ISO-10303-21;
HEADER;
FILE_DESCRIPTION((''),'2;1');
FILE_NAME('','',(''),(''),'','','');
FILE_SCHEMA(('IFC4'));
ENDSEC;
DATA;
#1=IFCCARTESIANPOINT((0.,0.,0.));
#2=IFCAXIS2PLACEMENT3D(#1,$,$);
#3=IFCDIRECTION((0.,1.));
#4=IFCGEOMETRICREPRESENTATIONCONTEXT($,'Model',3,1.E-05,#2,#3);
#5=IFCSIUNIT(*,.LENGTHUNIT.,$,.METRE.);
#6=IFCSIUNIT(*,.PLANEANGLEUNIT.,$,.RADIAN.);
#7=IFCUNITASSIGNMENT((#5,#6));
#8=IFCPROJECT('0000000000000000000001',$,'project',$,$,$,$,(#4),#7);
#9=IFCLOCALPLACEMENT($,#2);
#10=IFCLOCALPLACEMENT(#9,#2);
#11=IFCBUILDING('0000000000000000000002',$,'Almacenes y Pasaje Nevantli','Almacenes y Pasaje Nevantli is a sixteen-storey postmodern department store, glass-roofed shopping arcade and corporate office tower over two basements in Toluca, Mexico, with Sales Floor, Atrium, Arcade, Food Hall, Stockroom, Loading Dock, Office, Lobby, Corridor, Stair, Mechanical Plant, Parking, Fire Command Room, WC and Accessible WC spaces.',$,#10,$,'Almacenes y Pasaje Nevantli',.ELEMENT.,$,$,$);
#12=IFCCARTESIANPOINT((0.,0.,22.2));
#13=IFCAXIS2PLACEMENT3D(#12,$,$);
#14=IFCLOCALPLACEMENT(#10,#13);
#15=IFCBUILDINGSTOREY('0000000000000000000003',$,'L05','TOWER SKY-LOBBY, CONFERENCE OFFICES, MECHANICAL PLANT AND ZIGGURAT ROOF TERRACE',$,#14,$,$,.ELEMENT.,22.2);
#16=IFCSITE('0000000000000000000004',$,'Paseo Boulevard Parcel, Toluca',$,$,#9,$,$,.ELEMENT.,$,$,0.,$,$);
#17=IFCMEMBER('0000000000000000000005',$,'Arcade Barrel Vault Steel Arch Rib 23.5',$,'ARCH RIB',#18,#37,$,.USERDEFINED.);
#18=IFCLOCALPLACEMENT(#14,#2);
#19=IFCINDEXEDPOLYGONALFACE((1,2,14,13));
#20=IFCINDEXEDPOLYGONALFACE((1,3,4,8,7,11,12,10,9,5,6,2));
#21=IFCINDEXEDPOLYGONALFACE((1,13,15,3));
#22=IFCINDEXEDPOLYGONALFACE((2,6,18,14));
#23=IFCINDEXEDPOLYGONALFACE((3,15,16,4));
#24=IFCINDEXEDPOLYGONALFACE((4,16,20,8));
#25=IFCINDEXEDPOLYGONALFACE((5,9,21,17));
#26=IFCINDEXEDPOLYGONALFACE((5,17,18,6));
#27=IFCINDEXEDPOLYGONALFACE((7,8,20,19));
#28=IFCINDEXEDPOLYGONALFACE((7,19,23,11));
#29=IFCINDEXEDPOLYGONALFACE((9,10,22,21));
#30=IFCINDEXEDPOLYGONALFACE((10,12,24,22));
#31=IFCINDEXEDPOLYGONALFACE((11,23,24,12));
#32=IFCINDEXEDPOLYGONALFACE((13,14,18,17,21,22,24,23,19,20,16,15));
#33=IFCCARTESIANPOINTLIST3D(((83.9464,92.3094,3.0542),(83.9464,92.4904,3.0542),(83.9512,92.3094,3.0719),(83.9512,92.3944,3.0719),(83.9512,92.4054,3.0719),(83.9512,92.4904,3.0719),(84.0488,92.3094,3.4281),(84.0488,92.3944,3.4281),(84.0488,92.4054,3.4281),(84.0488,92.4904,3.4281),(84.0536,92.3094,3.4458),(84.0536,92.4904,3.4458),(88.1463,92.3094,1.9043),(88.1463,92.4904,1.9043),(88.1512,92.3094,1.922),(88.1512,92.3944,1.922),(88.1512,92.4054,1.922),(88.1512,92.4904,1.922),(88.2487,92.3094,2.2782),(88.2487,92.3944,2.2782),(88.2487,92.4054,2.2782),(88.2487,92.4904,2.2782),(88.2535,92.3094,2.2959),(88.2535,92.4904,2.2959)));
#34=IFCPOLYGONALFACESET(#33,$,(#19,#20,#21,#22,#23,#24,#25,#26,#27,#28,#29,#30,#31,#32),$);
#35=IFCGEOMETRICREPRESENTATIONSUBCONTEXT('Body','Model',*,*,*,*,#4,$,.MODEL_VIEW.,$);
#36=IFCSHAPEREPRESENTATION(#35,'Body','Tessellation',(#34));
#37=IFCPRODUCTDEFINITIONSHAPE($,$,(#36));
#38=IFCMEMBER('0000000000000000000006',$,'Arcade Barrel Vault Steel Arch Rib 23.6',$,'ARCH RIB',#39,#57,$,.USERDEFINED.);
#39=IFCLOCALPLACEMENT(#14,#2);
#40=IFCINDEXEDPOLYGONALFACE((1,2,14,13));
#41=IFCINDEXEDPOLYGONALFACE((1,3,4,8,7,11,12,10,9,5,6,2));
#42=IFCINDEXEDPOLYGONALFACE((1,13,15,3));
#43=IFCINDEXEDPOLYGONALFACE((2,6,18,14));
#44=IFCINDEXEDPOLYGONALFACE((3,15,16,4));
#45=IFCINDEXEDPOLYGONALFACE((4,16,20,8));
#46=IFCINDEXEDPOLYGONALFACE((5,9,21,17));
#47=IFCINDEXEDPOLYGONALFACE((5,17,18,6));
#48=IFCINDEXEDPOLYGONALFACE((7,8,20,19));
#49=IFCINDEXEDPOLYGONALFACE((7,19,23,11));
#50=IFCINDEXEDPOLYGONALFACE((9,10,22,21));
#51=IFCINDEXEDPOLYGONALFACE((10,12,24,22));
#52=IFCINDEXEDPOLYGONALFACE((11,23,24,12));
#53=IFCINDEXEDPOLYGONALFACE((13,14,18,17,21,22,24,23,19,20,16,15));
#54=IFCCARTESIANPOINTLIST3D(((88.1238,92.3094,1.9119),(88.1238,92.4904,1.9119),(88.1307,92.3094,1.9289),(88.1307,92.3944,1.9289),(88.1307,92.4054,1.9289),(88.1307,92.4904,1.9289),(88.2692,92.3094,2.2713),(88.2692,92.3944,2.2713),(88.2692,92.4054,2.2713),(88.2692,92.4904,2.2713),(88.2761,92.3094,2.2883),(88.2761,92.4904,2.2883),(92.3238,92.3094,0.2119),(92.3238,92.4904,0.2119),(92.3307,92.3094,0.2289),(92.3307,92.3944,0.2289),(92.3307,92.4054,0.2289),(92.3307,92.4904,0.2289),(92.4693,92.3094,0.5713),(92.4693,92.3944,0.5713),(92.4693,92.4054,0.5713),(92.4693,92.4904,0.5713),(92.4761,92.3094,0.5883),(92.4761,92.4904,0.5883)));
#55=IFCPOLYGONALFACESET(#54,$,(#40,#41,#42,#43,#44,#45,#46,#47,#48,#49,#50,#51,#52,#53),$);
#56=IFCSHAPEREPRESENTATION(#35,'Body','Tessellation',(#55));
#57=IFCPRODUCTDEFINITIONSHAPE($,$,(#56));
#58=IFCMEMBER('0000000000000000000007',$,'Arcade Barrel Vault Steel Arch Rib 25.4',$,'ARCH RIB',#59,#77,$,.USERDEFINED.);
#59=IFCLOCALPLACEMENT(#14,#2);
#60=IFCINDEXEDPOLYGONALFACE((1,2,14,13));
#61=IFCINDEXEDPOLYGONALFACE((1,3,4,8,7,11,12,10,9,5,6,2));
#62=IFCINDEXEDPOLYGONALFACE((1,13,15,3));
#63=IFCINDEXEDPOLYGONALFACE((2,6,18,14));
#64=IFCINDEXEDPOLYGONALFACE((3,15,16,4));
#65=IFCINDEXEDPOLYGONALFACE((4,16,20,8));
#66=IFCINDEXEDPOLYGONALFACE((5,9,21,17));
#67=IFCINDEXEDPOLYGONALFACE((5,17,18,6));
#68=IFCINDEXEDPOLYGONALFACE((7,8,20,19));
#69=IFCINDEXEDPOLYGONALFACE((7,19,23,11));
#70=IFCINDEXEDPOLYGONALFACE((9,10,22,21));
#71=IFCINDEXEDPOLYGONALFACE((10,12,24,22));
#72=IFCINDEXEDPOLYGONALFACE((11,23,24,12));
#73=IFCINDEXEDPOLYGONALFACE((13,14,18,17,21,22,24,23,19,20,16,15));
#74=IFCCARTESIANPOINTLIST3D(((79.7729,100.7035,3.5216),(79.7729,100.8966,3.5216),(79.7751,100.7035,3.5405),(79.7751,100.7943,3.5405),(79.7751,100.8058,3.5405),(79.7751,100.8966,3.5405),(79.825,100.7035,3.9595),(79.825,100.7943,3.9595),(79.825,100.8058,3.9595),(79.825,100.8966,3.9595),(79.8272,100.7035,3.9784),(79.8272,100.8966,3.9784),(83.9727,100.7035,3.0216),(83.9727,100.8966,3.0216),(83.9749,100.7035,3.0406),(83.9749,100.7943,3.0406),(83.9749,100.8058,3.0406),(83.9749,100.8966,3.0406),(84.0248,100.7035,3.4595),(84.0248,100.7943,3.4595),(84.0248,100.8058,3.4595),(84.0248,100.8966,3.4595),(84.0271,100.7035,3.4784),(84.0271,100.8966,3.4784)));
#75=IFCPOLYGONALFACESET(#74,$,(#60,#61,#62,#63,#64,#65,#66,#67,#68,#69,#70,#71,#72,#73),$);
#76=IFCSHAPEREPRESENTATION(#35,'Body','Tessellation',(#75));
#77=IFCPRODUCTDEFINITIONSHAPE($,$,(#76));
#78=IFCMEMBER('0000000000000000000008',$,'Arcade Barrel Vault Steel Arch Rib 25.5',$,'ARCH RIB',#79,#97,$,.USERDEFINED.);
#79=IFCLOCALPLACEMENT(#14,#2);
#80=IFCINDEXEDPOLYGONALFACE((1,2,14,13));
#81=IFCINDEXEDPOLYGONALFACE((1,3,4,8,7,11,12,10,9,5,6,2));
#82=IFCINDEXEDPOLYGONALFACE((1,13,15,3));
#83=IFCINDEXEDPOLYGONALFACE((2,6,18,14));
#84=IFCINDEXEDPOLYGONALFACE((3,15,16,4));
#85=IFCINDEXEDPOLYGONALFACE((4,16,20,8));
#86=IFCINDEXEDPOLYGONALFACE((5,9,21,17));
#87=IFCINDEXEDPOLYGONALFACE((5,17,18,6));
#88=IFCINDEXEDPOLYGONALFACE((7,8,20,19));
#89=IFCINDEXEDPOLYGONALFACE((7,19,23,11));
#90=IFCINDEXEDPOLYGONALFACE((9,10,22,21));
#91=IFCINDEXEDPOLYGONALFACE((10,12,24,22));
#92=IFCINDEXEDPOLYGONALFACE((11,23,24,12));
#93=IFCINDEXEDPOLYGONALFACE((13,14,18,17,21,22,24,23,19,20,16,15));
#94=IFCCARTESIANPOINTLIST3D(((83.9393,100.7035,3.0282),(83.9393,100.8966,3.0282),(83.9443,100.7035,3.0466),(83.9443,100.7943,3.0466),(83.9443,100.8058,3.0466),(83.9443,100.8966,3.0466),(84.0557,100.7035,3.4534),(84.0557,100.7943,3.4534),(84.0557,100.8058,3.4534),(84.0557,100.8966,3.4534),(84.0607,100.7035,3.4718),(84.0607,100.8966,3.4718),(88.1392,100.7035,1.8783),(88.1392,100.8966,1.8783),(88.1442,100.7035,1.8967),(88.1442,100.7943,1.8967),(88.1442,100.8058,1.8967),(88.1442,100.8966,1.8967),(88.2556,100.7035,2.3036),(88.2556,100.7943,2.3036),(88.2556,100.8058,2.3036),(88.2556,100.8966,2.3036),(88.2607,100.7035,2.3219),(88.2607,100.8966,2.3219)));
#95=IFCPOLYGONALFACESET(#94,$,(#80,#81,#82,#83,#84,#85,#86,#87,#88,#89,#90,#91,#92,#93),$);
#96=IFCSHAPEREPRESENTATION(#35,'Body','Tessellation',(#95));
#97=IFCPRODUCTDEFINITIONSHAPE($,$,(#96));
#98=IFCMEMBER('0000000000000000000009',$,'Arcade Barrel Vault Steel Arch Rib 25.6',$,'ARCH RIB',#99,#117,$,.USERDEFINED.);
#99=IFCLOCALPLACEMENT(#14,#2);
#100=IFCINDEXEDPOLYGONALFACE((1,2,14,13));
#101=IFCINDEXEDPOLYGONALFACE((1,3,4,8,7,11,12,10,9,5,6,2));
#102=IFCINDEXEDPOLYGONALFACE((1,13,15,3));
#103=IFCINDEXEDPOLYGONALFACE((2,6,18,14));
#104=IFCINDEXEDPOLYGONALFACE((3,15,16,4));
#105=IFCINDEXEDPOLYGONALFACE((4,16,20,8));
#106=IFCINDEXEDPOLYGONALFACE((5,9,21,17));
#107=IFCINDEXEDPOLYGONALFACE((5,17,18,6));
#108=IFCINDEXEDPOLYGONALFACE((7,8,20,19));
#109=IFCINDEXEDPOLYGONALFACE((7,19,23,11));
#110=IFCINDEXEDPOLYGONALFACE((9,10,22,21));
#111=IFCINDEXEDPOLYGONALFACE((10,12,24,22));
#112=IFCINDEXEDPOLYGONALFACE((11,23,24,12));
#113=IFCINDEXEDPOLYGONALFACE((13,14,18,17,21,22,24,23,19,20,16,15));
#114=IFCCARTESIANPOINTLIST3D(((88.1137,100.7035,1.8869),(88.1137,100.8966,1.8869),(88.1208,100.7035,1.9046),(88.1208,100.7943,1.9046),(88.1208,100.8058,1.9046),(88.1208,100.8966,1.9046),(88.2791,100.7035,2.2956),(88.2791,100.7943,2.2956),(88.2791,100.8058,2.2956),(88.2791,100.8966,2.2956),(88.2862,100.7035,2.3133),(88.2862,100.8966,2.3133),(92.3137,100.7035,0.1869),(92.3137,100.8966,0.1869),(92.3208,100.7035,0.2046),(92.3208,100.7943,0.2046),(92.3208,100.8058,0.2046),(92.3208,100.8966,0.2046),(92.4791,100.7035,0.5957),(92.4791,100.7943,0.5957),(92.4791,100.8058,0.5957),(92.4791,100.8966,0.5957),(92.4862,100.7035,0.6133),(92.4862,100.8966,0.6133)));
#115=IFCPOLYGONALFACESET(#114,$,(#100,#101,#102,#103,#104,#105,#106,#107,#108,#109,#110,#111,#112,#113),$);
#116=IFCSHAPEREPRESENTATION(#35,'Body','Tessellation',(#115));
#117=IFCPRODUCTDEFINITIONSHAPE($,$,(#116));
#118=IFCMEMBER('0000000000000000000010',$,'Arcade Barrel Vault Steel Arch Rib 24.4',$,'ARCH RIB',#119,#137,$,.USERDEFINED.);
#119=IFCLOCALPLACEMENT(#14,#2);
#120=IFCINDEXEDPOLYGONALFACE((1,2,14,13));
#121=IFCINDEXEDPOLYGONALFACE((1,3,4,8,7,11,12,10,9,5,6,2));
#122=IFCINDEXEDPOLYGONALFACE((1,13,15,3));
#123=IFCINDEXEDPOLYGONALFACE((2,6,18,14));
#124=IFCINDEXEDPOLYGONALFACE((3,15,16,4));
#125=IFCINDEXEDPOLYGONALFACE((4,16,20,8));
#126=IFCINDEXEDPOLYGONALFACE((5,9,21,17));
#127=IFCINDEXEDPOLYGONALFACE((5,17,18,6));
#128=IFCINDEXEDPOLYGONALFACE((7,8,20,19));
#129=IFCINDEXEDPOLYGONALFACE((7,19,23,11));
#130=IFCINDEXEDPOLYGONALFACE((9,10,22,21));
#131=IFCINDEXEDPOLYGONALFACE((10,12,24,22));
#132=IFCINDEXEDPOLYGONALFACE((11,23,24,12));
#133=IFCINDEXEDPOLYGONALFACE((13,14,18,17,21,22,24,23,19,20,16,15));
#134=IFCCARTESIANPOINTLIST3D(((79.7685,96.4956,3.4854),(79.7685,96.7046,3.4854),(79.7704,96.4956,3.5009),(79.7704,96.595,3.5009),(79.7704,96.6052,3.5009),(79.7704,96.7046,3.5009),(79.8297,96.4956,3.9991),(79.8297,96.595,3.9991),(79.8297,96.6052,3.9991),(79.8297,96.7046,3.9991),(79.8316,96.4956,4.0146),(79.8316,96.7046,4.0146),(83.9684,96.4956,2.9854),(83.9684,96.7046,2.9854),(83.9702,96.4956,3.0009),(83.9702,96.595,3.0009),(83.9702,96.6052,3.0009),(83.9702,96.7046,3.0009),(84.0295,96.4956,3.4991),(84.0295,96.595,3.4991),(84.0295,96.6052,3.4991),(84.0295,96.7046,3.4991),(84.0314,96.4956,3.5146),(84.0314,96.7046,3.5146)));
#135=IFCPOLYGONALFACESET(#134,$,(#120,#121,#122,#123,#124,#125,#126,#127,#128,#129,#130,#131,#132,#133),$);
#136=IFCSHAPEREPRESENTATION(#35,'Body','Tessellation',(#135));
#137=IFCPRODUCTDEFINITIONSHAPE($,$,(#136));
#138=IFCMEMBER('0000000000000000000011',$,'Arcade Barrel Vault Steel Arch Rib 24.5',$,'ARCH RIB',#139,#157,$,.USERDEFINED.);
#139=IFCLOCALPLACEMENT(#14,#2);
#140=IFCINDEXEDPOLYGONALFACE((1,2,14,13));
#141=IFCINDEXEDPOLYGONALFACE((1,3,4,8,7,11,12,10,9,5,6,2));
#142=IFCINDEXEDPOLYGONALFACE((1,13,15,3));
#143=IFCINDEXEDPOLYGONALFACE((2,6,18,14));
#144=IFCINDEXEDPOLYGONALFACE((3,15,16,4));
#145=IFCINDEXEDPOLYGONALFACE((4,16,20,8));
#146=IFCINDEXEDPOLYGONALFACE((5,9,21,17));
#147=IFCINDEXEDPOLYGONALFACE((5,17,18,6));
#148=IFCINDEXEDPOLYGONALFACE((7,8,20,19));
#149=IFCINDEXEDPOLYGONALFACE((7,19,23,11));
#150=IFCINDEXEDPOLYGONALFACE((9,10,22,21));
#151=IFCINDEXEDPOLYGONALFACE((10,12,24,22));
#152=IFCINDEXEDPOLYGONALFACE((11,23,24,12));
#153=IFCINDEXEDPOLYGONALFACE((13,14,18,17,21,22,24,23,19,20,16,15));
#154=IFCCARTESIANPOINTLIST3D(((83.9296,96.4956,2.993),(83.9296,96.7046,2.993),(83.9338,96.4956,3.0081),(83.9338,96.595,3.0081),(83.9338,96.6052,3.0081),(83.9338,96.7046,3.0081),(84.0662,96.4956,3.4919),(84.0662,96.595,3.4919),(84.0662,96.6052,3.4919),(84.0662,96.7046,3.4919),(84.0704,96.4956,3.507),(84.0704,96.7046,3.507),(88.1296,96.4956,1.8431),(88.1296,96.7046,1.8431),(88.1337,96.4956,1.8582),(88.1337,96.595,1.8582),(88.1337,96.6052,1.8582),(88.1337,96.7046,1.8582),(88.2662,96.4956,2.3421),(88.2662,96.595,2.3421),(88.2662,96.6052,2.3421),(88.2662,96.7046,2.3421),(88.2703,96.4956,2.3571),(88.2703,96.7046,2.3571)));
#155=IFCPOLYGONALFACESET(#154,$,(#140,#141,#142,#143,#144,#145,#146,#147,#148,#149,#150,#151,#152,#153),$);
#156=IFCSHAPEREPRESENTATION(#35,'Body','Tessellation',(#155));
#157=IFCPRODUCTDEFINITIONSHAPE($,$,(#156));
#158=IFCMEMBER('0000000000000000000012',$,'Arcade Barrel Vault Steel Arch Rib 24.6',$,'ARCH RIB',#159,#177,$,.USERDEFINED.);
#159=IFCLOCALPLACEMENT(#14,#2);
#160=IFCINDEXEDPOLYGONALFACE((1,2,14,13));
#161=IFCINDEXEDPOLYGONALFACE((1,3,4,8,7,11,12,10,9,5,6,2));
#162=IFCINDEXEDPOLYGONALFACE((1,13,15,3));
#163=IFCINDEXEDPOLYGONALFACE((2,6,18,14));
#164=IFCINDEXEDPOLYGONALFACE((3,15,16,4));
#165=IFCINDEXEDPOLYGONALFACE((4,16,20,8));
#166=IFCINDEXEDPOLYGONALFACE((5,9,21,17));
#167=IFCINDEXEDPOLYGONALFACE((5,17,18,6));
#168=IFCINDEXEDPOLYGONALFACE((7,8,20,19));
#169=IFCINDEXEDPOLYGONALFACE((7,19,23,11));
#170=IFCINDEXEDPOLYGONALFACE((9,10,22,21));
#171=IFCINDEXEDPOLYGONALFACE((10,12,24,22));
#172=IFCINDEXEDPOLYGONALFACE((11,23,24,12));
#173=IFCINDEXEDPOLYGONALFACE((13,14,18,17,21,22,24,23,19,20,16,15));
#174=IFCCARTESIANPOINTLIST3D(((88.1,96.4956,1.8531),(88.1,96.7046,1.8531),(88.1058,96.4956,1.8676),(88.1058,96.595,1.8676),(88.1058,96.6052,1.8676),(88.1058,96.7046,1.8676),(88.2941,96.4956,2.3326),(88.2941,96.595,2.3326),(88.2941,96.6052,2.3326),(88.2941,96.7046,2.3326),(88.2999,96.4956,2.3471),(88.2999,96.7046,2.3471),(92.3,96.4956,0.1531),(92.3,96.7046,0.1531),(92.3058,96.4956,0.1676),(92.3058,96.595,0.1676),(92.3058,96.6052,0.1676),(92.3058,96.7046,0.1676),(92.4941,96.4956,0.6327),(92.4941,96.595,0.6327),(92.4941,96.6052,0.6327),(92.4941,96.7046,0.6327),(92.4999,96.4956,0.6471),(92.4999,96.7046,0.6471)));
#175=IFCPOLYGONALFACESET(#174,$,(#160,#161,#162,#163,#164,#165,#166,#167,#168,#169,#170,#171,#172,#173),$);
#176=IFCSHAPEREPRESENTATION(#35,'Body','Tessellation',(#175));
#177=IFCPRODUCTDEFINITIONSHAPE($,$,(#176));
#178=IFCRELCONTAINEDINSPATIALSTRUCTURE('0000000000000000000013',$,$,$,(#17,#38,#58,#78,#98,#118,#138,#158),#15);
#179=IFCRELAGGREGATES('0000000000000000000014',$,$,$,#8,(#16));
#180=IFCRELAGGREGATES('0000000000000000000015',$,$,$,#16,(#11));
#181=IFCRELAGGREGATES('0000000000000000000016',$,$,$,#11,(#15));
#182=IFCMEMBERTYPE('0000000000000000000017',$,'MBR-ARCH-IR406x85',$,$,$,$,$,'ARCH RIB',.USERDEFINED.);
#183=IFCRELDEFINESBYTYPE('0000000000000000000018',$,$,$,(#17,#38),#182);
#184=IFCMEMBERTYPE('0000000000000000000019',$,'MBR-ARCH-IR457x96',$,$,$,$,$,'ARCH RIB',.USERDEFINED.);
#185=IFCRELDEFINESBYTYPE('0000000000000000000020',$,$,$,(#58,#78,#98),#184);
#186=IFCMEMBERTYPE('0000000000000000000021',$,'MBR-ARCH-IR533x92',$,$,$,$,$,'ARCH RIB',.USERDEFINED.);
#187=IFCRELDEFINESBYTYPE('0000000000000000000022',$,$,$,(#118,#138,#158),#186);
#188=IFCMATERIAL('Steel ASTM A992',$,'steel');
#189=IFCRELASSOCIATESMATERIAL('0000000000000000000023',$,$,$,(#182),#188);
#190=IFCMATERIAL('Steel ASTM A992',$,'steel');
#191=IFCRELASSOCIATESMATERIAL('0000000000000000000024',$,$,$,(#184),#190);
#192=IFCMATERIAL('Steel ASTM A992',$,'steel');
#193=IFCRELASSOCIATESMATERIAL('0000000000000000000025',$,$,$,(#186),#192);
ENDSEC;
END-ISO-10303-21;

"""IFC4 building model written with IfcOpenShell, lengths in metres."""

from ifc_helpers import new_model, si_unit, direction, frame, origin, origin_2d, place, context, subcontext, project, spatial, i_section, extrude, material, material_profile, profile_set, type_object, element, save


model = new_model("IFC4")

# Units and contexts
model_context = context("Model", 3, precision=1e-05, world=origin(), true_north=direction((0.0, 1.0)))
body_context = subcontext(model_context, "Body", "Model", "MODEL_VIEW")
ifc_project = project(units=[si_unit("LENGTHUNIT", "METRE"), si_unit("PLANEANGLEUNIT", "RADIAN")], contexts=[model_context])

# Site, building, storey
site_placement = place(None, origin())
site = spatial("IfcSite", under=ifc_project, at=site_placement, Name="Paseo Boulevard Parcel, Toluca", CompositionType="ELEMENT", RefElevation=0.0)
building_placement = place(site_placement, origin())
building = spatial("IfcBuilding", under=site, at=building_placement, Name="Almacenes y Pasaje Nevantli", Description="Almacenes y Pasaje Nevantli is a sixteen-storey postmodern department store, glass-roofed shopping arcade and corporate office tower over two basements in Toluca, Mexico, with Sales Floor, Atrium, Arcade, Food Hall, Stockroom, Loading Dock, Office, Lobby, Corridor, Stair, Mechanical Plant, Parking, Fire Command Room, WC and Accessible WC spaces.", LongName="Almacenes y Pasaje Nevantli", CompositionType="ELEMENT")
storey_placement = place(building_placement, frame((0.0, 0.0, 22.2)))
storey = spatial("IfcBuildingStorey", under=building, at=storey_placement, Name="L05", Description="TOWER SKY-LOBBY, CONFERENCE OFFICES, MECHANICAL PLANT AND ZIGGURAT ROOF TERRACE", CompositionType="ELEMENT", Elevation=22.2)

# Members
ifc_material_1 = material(Name="Steel ASTM A992", Category="steel")
ifc_material_profile_1 = material_profile(ifc_material_1, i_section(OverallWidth=0.1809, OverallDepth=0.406, WebThickness=0.011, FlangeThickness=0.0183, at=origin_2d()), Name="IR 406x85.0")
ifc_profile_set_1 = profile_set([ifc_material_profile_1], Name="Steel ASTM A992")
member_type_1 = type_object("IfcMemberType", Name="MBR-ARCH-IR406x85", ElementType="ARCH RIB", PredefinedType="USERDEFINED", material=ifc_profile_set_1)
member_1_placement = place(storey_placement, frame((84.0, 92.3999, 3.25), z_axis=(0.964503, 0.0, -0.264071), x_axis=(0.0, 1.0, 0.0)))
element("IfcMember", 1, at=member_1_placement, inside=storey, type_object=member_type_1, Name="Arcade Barrel Vault Steel Arch Rib 23.5", ObjectType="ARCH RIB", PredefinedType="USERDEFINED", context=body_context, shape_type="SweptSolid", body=[
    extrude(i_section(OverallWidth=0.1809, OverallDepth=0.406, WebThickness=0.011, FlangeThickness=0.0183, at=origin_2d()), origin(), (0.0, 0.0, 1.0), 4.3545),
])
member_2_placement = place(storey_placement, frame((88.2, 92.3999, 2.1001), z_axis=(0.926949, 0.0, -0.375187), x_axis=(0.0, 1.0, 0.0)))
element("IfcMember", 2, at=member_2_placement, inside=storey, type_object=member_type_1, Name="Arcade Barrel Vault Steel Arch Rib 23.6", ObjectType="ARCH RIB", PredefinedType="USERDEFINED", context=body_context, shape_type="SweptSolid", body=[
    extrude(i_section(OverallWidth=0.1809, OverallDepth=0.406, WebThickness=0.011, FlangeThickness=0.0183, at=origin_2d()), origin(), (0.0, 0.0, 1.0), 4.531),
])
ifc_material_2 = material(Name="Steel ASTM A992", Category="steel")
ifc_material_profile_2 = material_profile(ifc_material_2, i_section(OverallWidth=0.1931, OverallDepth=0.46, WebThickness=0.0115, FlangeThickness=0.019, at=origin_2d()), Name="IR 457x96.7")
ifc_profile_set_2 = profile_set([ifc_material_profile_2], Name="Steel ASTM A992")
member_type_2 = type_object("IfcMemberType", Name="MBR-ARCH-IR457x96", ElementType="ARCH RIB", PredefinedType="USERDEFINED", material=ifc_profile_set_2)
member_3_placement = place(storey_placement, frame((79.8, 100.8, 3.75), z_axis=(0.992988, 0.0, -0.118214), x_axis=(0.0, 1.0, 0.0)))
element("IfcMember", 3, at=member_3_placement, inside=storey, type_object=member_type_2, Name="Arcade Barrel Vault Steel Arch Rib 25.4", ObjectType="ARCH RIB", PredefinedType="USERDEFINED", context=body_context, shape_type="SweptSolid", body=[
    extrude(i_section(OverallWidth=0.1931, OverallDepth=0.46, WebThickness=0.0115, FlangeThickness=0.019, at=origin_2d()), origin(), (0.0, 0.0, 1.0), 4.2295),
])
member_4_placement = place(storey_placement, frame((84.0, 100.8, 3.25), z_axis=(0.964503, 0.0, -0.264071), x_axis=(0.0, 1.0, 0.0)))
element("IfcMember", 4, at=member_4_placement, inside=storey, type_object=member_type_2, Name="Arcade Barrel Vault Steel Arch Rib 25.5", ObjectType="ARCH RIB", PredefinedType="USERDEFINED", context=body_context, shape_type="SweptSolid", body=[
    extrude(i_section(OverallWidth=0.1931, OverallDepth=0.46, WebThickness=0.0115, FlangeThickness=0.019, at=origin_2d()), origin(), (0.0, 0.0, 1.0), 4.3545),
])
member_5_placement = place(storey_placement, frame((88.2, 100.8, 2.1001), z_axis=(0.926949, 0.0, -0.375187), x_axis=(0.0, 1.0, 0.0)))
element("IfcMember", 5, at=member_5_placement, inside=storey, type_object=member_type_2, Name="Arcade Barrel Vault Steel Arch Rib 25.6", ObjectType="ARCH RIB", PredefinedType="USERDEFINED", context=body_context, shape_type="SweptSolid", body=[
    extrude(i_section(OverallWidth=0.1931, OverallDepth=0.46, WebThickness=0.0115, FlangeThickness=0.019, at=origin_2d()), origin(), (0.0, 0.0, 1.0), 4.531),
])
ifc_material_3 = material(Name="Steel ASTM A992", Category="steel")
ifc_material_profile_3 = material_profile(ifc_material_3, i_section(OverallWidth=0.209, OverallDepth=0.533, WebThickness=0.0103, FlangeThickness=0.0156, at=origin_2d()), Name="IR 533x92.5")
ifc_profile_set_3 = profile_set([ifc_material_profile_3], Name="Steel ASTM A992")
member_type_3 = type_object("IfcMemberType", Name="MBR-ARCH-IR533x92", ElementType="ARCH RIB", PredefinedType="USERDEFINED", material=ifc_profile_set_3)
member_6_placement = place(storey_placement, frame((79.8, 96.6001, 3.75), z_axis=(0.992988, 0.0, -0.118214), x_axis=(0.0, 1.0, 0.0)))
element("IfcMember", 6, at=member_6_placement, inside=storey, type_object=member_type_3, Name="Arcade Barrel Vault Steel Arch Rib 24.4", ObjectType="ARCH RIB", PredefinedType="USERDEFINED", context=body_context, shape_type="SweptSolid", body=[
    extrude(i_section(OverallWidth=0.209, OverallDepth=0.533, WebThickness=0.0103, FlangeThickness=0.0156, at=origin_2d()), origin(), (0.0, 0.0, 1.0), 4.2295),
])
member_7_placement = place(storey_placement, frame((84.0, 96.6001, 3.25), z_axis=(0.964503, 0.0, -0.264071), x_axis=(0.0, 1.0, 0.0)))
element("IfcMember", 7, at=member_7_placement, inside=storey, type_object=member_type_3, Name="Arcade Barrel Vault Steel Arch Rib 24.5", ObjectType="ARCH RIB", PredefinedType="USERDEFINED", context=body_context, shape_type="SweptSolid", body=[
    extrude(i_section(OverallWidth=0.209, OverallDepth=0.533, WebThickness=0.0103, FlangeThickness=0.0156, at=origin_2d()), origin(), (0.0, 0.0, 1.0), 4.3545),
])
member_8_placement = place(storey_placement, frame((88.2, 96.6001, 2.1001), z_axis=(0.926949, 0.0, -0.375187), x_axis=(0.0, 1.0, 0.0)))
element("IfcMember", 8, at=member_8_placement, inside=storey, type_object=member_type_3, Name="Arcade Barrel Vault Steel Arch Rib 24.6", ObjectType="ARCH RIB", PredefinedType="USERDEFINED", context=body_context, shape_type="SweptSolid", body=[
    extrude(i_section(OverallWidth=0.209, OverallDepth=0.533, WebThickness=0.0103, FlangeThickness=0.0156, at=origin_2d()), origin(), (0.0, 0.0, 1.0), 4.531),
])

save(model, "model.ifc")
